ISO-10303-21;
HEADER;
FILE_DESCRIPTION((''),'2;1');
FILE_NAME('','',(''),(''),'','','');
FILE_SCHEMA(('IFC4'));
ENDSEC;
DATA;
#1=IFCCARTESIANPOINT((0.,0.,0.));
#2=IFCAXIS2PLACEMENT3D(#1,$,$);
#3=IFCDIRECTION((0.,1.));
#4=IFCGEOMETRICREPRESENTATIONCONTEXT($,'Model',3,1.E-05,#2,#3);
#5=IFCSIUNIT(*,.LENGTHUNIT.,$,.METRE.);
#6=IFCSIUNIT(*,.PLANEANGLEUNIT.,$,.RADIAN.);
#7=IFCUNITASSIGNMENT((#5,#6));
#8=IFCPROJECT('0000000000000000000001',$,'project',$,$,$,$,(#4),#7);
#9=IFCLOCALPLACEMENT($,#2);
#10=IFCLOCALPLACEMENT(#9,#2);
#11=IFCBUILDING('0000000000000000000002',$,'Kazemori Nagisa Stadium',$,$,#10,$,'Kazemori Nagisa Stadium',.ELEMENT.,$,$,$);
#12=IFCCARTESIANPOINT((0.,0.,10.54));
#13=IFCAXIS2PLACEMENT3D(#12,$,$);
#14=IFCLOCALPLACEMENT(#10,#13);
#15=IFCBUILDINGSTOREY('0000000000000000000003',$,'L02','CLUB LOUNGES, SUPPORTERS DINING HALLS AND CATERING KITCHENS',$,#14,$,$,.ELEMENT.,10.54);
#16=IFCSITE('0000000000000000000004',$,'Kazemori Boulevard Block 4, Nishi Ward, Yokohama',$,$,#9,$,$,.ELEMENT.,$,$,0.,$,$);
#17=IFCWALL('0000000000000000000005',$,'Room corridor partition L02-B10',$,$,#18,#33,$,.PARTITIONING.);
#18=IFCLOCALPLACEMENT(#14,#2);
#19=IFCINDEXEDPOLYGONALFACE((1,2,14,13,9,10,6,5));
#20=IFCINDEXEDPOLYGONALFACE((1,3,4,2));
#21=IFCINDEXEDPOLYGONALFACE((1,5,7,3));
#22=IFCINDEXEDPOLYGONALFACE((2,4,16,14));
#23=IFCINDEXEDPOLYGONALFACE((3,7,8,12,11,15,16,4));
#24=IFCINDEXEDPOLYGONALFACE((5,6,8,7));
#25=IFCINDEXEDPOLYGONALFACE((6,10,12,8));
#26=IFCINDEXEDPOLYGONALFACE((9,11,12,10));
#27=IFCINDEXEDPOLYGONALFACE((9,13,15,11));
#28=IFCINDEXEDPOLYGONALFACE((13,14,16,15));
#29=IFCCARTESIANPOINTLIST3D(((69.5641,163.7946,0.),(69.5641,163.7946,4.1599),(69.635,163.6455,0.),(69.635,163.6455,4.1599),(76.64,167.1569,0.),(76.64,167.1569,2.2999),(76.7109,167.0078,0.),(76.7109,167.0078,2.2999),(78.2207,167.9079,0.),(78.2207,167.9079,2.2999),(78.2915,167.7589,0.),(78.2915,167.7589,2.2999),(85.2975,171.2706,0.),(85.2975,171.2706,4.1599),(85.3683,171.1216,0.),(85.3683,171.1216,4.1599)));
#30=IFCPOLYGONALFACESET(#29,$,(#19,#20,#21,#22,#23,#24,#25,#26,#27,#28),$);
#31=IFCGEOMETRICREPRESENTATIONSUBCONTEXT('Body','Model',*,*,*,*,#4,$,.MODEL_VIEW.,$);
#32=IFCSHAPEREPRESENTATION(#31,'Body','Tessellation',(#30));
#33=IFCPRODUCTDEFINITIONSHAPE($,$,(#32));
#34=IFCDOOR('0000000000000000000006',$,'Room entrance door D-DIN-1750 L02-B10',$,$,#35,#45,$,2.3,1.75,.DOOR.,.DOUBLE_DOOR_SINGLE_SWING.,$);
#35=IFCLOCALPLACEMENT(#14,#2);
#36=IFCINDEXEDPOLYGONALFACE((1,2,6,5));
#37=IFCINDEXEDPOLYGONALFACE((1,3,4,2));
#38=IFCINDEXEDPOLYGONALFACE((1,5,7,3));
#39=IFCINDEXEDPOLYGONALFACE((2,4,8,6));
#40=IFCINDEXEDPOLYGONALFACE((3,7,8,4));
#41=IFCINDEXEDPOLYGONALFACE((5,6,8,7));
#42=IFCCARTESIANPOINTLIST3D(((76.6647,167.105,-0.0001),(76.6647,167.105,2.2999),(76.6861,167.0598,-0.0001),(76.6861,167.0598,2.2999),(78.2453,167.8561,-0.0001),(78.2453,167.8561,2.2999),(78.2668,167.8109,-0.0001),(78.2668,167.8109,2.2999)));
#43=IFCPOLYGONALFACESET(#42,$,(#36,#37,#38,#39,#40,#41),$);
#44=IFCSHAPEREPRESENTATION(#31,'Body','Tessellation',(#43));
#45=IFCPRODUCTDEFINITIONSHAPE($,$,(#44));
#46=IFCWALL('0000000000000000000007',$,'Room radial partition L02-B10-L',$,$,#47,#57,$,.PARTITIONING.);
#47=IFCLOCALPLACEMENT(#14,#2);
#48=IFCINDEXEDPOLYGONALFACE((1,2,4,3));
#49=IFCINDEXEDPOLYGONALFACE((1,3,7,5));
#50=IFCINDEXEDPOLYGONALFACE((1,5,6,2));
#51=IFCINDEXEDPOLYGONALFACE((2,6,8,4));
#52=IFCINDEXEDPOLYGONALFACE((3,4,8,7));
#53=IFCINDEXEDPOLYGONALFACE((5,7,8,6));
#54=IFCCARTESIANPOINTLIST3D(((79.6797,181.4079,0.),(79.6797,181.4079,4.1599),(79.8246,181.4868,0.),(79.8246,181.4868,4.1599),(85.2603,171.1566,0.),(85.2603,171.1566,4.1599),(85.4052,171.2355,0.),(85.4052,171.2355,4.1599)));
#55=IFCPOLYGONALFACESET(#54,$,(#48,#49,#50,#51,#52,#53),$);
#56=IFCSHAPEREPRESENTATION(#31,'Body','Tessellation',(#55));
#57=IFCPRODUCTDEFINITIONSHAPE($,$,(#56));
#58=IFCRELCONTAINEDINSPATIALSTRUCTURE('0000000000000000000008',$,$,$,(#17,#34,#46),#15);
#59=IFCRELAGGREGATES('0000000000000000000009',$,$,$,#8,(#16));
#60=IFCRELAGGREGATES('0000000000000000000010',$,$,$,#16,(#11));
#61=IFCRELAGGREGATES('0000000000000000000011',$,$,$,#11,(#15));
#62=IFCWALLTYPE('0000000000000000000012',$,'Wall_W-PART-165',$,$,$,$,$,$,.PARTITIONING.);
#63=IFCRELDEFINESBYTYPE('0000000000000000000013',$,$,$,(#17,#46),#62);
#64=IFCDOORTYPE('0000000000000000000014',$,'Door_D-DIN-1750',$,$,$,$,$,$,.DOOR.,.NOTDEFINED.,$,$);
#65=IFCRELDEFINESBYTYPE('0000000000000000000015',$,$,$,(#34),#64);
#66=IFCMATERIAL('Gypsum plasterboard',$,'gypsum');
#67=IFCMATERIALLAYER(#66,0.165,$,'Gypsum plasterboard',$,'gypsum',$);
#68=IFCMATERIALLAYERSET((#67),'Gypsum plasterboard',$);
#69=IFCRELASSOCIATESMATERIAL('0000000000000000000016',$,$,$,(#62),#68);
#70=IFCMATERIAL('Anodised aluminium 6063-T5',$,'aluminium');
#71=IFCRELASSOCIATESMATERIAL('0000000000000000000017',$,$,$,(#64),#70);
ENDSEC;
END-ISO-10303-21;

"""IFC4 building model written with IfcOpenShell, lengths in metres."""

from ifc_helpers import new_model, si_unit, direction, frame, frame_2d, origin, place, context, subcontext, project, spatial, rectangle, extrude, material, layer, layer_set, type_object, element, fill, save


model = new_model("IFC4")

# Units and contexts
model_context = context("Model", 3, precision=1e-05, world=origin(), true_north=direction((0.0, 1.0)))
body_context = subcontext(model_context, "Body", "Model", "MODEL_VIEW")
ifc_project = project(units=[si_unit("LENGTHUNIT", "METRE"), si_unit("PLANEANGLEUNIT", "RADIAN")], contexts=[model_context])

# Site, building, storey
site_placement = place(None, origin())
site = spatial("IfcSite", under=ifc_project, at=site_placement, Name="Kazemori Boulevard Block 4, Nishi Ward, Yokohama", CompositionType="ELEMENT", RefElevation=0.0)
building_placement = place(site_placement, origin())
building = spatial("IfcBuilding", under=site, at=building_placement, Name="Kazemori Nagisa Stadium", LongName="Kazemori Nagisa Stadium", CompositionType="ELEMENT")
storey_placement = place(building_placement, frame((0.0, 0.0, 10.54)))
storey = spatial("IfcBuildingStorey", under=building, at=storey_placement, Name="L02", Description="CLUB LOUNGES, SUPPORTERS DINING HALLS AND CATERING KITCHENS", CompositionType="ELEMENT", Elevation=10.54)

# Shared definitions
ifc_material_1 = material(Name="Anodised aluminium 6063-T5", Category="aluminium")

# Wall, opening, door
ifc_material_2 = material(Name="Gypsum plasterboard", Category="gypsum")
ifc_layer_1 = layer(ifc_material_2, 0.165, Name="Gypsum plasterboard", Category="gypsum")
ifc_layer_set_1 = layer_set([ifc_layer_1], Name="Gypsum plasterboard")
wall_type = type_object("IfcWallType", Name="Wall_W-PART-165", PredefinedType="PARTITIONING", material=ifc_layer_set_1)
wall_1_placement = place(storey_placement, frame((85.3328, 171.196, 0.0), z_axis=(0.0, 0.0, 1.0), x_axis=(-0.903217, -0.429184, 0.0)))
wall_1 = element("IfcWall", 1, at=wall_1_placement, inside=storey, type_object=wall_type, Name="Room corridor partition L02-B10", PredefinedType="PARTITIONING", context=body_context, shape_type="SweptSolid", body=[
    extrude(rectangle(XDim=17.4192, YDim=0.165, at=frame_2d((8.7095, 0.0))), origin(), (0.0, 0.0, 1.0), 4.1599),
])
opening_placement = place(wall_1_placement, frame((7.835, 0.0, 0.0)))
opening = element("IfcOpeningElement", 2, at=opening_placement, cuts=wall_1, PredefinedType="OPENING", context=body_context, shape_type="SweptSolid", body=[
    extrude(rectangle(XDim=1.75, YDim=2.3, at=frame_2d((0.875, 1.1499))), frame((0.0, 0.0925, 0.0), z_axis=(0.0, -1.0, 0.0), x_axis=(1.0, 0.0, 0.0)), (0.0, 0.0, 1.0), 0.1851),
])
door_type = type_object("IfcDoorType", Name="Door_D-DIN-1750", OperationType="NOTDEFINED", PredefinedType="DOOR", material=ifc_material_1)
door_placement = place(opening_placement, origin())
door = element("IfcDoor", 3, at=door_placement, inside=storey, type_object=door_type, Name="Room entrance door D-DIN-1750 L02-B10", OperationType="DOUBLE_DOOR_SINGLE_SWING", OverallHeight=2.3, OverallWidth=1.75, PredefinedType="DOOR", context=body_context, shape_type="SweptSolid", body=[
    extrude(rectangle(XDim=1.75, YDim=2.3, at=frame_2d((0.875, 1.1499))), frame((0.0, 0.0249, 0.0), z_axis=(0.0, -1.0, 0.0), x_axis=(1.0, 0.0, 0.0)), (0.0, 0.0, 1.0), 0.05),
])
fill(opening, door)

# Wall
wall_2_placement = place(storey_placement, frame((85.3328, 171.196, 0.0), z_axis=(0.0, 0.0, 1.0), x_axis=(-0.478125, 0.878292, 0.0)))
element("IfcWall", 4, at=wall_2_placement, inside=storey, type_object=wall_type, Name="Room radial partition L02-B10-L", PredefinedType="PARTITIONING", context=body_context, shape_type="SweptSolid", body=[
    extrude(rectangle(XDim=11.6719, YDim=0.165, at=frame_2d((5.8359, 0.0))), origin(), (0.0, 0.0, 1.0), 4.1599),
])

save(model, "model.ifc")
